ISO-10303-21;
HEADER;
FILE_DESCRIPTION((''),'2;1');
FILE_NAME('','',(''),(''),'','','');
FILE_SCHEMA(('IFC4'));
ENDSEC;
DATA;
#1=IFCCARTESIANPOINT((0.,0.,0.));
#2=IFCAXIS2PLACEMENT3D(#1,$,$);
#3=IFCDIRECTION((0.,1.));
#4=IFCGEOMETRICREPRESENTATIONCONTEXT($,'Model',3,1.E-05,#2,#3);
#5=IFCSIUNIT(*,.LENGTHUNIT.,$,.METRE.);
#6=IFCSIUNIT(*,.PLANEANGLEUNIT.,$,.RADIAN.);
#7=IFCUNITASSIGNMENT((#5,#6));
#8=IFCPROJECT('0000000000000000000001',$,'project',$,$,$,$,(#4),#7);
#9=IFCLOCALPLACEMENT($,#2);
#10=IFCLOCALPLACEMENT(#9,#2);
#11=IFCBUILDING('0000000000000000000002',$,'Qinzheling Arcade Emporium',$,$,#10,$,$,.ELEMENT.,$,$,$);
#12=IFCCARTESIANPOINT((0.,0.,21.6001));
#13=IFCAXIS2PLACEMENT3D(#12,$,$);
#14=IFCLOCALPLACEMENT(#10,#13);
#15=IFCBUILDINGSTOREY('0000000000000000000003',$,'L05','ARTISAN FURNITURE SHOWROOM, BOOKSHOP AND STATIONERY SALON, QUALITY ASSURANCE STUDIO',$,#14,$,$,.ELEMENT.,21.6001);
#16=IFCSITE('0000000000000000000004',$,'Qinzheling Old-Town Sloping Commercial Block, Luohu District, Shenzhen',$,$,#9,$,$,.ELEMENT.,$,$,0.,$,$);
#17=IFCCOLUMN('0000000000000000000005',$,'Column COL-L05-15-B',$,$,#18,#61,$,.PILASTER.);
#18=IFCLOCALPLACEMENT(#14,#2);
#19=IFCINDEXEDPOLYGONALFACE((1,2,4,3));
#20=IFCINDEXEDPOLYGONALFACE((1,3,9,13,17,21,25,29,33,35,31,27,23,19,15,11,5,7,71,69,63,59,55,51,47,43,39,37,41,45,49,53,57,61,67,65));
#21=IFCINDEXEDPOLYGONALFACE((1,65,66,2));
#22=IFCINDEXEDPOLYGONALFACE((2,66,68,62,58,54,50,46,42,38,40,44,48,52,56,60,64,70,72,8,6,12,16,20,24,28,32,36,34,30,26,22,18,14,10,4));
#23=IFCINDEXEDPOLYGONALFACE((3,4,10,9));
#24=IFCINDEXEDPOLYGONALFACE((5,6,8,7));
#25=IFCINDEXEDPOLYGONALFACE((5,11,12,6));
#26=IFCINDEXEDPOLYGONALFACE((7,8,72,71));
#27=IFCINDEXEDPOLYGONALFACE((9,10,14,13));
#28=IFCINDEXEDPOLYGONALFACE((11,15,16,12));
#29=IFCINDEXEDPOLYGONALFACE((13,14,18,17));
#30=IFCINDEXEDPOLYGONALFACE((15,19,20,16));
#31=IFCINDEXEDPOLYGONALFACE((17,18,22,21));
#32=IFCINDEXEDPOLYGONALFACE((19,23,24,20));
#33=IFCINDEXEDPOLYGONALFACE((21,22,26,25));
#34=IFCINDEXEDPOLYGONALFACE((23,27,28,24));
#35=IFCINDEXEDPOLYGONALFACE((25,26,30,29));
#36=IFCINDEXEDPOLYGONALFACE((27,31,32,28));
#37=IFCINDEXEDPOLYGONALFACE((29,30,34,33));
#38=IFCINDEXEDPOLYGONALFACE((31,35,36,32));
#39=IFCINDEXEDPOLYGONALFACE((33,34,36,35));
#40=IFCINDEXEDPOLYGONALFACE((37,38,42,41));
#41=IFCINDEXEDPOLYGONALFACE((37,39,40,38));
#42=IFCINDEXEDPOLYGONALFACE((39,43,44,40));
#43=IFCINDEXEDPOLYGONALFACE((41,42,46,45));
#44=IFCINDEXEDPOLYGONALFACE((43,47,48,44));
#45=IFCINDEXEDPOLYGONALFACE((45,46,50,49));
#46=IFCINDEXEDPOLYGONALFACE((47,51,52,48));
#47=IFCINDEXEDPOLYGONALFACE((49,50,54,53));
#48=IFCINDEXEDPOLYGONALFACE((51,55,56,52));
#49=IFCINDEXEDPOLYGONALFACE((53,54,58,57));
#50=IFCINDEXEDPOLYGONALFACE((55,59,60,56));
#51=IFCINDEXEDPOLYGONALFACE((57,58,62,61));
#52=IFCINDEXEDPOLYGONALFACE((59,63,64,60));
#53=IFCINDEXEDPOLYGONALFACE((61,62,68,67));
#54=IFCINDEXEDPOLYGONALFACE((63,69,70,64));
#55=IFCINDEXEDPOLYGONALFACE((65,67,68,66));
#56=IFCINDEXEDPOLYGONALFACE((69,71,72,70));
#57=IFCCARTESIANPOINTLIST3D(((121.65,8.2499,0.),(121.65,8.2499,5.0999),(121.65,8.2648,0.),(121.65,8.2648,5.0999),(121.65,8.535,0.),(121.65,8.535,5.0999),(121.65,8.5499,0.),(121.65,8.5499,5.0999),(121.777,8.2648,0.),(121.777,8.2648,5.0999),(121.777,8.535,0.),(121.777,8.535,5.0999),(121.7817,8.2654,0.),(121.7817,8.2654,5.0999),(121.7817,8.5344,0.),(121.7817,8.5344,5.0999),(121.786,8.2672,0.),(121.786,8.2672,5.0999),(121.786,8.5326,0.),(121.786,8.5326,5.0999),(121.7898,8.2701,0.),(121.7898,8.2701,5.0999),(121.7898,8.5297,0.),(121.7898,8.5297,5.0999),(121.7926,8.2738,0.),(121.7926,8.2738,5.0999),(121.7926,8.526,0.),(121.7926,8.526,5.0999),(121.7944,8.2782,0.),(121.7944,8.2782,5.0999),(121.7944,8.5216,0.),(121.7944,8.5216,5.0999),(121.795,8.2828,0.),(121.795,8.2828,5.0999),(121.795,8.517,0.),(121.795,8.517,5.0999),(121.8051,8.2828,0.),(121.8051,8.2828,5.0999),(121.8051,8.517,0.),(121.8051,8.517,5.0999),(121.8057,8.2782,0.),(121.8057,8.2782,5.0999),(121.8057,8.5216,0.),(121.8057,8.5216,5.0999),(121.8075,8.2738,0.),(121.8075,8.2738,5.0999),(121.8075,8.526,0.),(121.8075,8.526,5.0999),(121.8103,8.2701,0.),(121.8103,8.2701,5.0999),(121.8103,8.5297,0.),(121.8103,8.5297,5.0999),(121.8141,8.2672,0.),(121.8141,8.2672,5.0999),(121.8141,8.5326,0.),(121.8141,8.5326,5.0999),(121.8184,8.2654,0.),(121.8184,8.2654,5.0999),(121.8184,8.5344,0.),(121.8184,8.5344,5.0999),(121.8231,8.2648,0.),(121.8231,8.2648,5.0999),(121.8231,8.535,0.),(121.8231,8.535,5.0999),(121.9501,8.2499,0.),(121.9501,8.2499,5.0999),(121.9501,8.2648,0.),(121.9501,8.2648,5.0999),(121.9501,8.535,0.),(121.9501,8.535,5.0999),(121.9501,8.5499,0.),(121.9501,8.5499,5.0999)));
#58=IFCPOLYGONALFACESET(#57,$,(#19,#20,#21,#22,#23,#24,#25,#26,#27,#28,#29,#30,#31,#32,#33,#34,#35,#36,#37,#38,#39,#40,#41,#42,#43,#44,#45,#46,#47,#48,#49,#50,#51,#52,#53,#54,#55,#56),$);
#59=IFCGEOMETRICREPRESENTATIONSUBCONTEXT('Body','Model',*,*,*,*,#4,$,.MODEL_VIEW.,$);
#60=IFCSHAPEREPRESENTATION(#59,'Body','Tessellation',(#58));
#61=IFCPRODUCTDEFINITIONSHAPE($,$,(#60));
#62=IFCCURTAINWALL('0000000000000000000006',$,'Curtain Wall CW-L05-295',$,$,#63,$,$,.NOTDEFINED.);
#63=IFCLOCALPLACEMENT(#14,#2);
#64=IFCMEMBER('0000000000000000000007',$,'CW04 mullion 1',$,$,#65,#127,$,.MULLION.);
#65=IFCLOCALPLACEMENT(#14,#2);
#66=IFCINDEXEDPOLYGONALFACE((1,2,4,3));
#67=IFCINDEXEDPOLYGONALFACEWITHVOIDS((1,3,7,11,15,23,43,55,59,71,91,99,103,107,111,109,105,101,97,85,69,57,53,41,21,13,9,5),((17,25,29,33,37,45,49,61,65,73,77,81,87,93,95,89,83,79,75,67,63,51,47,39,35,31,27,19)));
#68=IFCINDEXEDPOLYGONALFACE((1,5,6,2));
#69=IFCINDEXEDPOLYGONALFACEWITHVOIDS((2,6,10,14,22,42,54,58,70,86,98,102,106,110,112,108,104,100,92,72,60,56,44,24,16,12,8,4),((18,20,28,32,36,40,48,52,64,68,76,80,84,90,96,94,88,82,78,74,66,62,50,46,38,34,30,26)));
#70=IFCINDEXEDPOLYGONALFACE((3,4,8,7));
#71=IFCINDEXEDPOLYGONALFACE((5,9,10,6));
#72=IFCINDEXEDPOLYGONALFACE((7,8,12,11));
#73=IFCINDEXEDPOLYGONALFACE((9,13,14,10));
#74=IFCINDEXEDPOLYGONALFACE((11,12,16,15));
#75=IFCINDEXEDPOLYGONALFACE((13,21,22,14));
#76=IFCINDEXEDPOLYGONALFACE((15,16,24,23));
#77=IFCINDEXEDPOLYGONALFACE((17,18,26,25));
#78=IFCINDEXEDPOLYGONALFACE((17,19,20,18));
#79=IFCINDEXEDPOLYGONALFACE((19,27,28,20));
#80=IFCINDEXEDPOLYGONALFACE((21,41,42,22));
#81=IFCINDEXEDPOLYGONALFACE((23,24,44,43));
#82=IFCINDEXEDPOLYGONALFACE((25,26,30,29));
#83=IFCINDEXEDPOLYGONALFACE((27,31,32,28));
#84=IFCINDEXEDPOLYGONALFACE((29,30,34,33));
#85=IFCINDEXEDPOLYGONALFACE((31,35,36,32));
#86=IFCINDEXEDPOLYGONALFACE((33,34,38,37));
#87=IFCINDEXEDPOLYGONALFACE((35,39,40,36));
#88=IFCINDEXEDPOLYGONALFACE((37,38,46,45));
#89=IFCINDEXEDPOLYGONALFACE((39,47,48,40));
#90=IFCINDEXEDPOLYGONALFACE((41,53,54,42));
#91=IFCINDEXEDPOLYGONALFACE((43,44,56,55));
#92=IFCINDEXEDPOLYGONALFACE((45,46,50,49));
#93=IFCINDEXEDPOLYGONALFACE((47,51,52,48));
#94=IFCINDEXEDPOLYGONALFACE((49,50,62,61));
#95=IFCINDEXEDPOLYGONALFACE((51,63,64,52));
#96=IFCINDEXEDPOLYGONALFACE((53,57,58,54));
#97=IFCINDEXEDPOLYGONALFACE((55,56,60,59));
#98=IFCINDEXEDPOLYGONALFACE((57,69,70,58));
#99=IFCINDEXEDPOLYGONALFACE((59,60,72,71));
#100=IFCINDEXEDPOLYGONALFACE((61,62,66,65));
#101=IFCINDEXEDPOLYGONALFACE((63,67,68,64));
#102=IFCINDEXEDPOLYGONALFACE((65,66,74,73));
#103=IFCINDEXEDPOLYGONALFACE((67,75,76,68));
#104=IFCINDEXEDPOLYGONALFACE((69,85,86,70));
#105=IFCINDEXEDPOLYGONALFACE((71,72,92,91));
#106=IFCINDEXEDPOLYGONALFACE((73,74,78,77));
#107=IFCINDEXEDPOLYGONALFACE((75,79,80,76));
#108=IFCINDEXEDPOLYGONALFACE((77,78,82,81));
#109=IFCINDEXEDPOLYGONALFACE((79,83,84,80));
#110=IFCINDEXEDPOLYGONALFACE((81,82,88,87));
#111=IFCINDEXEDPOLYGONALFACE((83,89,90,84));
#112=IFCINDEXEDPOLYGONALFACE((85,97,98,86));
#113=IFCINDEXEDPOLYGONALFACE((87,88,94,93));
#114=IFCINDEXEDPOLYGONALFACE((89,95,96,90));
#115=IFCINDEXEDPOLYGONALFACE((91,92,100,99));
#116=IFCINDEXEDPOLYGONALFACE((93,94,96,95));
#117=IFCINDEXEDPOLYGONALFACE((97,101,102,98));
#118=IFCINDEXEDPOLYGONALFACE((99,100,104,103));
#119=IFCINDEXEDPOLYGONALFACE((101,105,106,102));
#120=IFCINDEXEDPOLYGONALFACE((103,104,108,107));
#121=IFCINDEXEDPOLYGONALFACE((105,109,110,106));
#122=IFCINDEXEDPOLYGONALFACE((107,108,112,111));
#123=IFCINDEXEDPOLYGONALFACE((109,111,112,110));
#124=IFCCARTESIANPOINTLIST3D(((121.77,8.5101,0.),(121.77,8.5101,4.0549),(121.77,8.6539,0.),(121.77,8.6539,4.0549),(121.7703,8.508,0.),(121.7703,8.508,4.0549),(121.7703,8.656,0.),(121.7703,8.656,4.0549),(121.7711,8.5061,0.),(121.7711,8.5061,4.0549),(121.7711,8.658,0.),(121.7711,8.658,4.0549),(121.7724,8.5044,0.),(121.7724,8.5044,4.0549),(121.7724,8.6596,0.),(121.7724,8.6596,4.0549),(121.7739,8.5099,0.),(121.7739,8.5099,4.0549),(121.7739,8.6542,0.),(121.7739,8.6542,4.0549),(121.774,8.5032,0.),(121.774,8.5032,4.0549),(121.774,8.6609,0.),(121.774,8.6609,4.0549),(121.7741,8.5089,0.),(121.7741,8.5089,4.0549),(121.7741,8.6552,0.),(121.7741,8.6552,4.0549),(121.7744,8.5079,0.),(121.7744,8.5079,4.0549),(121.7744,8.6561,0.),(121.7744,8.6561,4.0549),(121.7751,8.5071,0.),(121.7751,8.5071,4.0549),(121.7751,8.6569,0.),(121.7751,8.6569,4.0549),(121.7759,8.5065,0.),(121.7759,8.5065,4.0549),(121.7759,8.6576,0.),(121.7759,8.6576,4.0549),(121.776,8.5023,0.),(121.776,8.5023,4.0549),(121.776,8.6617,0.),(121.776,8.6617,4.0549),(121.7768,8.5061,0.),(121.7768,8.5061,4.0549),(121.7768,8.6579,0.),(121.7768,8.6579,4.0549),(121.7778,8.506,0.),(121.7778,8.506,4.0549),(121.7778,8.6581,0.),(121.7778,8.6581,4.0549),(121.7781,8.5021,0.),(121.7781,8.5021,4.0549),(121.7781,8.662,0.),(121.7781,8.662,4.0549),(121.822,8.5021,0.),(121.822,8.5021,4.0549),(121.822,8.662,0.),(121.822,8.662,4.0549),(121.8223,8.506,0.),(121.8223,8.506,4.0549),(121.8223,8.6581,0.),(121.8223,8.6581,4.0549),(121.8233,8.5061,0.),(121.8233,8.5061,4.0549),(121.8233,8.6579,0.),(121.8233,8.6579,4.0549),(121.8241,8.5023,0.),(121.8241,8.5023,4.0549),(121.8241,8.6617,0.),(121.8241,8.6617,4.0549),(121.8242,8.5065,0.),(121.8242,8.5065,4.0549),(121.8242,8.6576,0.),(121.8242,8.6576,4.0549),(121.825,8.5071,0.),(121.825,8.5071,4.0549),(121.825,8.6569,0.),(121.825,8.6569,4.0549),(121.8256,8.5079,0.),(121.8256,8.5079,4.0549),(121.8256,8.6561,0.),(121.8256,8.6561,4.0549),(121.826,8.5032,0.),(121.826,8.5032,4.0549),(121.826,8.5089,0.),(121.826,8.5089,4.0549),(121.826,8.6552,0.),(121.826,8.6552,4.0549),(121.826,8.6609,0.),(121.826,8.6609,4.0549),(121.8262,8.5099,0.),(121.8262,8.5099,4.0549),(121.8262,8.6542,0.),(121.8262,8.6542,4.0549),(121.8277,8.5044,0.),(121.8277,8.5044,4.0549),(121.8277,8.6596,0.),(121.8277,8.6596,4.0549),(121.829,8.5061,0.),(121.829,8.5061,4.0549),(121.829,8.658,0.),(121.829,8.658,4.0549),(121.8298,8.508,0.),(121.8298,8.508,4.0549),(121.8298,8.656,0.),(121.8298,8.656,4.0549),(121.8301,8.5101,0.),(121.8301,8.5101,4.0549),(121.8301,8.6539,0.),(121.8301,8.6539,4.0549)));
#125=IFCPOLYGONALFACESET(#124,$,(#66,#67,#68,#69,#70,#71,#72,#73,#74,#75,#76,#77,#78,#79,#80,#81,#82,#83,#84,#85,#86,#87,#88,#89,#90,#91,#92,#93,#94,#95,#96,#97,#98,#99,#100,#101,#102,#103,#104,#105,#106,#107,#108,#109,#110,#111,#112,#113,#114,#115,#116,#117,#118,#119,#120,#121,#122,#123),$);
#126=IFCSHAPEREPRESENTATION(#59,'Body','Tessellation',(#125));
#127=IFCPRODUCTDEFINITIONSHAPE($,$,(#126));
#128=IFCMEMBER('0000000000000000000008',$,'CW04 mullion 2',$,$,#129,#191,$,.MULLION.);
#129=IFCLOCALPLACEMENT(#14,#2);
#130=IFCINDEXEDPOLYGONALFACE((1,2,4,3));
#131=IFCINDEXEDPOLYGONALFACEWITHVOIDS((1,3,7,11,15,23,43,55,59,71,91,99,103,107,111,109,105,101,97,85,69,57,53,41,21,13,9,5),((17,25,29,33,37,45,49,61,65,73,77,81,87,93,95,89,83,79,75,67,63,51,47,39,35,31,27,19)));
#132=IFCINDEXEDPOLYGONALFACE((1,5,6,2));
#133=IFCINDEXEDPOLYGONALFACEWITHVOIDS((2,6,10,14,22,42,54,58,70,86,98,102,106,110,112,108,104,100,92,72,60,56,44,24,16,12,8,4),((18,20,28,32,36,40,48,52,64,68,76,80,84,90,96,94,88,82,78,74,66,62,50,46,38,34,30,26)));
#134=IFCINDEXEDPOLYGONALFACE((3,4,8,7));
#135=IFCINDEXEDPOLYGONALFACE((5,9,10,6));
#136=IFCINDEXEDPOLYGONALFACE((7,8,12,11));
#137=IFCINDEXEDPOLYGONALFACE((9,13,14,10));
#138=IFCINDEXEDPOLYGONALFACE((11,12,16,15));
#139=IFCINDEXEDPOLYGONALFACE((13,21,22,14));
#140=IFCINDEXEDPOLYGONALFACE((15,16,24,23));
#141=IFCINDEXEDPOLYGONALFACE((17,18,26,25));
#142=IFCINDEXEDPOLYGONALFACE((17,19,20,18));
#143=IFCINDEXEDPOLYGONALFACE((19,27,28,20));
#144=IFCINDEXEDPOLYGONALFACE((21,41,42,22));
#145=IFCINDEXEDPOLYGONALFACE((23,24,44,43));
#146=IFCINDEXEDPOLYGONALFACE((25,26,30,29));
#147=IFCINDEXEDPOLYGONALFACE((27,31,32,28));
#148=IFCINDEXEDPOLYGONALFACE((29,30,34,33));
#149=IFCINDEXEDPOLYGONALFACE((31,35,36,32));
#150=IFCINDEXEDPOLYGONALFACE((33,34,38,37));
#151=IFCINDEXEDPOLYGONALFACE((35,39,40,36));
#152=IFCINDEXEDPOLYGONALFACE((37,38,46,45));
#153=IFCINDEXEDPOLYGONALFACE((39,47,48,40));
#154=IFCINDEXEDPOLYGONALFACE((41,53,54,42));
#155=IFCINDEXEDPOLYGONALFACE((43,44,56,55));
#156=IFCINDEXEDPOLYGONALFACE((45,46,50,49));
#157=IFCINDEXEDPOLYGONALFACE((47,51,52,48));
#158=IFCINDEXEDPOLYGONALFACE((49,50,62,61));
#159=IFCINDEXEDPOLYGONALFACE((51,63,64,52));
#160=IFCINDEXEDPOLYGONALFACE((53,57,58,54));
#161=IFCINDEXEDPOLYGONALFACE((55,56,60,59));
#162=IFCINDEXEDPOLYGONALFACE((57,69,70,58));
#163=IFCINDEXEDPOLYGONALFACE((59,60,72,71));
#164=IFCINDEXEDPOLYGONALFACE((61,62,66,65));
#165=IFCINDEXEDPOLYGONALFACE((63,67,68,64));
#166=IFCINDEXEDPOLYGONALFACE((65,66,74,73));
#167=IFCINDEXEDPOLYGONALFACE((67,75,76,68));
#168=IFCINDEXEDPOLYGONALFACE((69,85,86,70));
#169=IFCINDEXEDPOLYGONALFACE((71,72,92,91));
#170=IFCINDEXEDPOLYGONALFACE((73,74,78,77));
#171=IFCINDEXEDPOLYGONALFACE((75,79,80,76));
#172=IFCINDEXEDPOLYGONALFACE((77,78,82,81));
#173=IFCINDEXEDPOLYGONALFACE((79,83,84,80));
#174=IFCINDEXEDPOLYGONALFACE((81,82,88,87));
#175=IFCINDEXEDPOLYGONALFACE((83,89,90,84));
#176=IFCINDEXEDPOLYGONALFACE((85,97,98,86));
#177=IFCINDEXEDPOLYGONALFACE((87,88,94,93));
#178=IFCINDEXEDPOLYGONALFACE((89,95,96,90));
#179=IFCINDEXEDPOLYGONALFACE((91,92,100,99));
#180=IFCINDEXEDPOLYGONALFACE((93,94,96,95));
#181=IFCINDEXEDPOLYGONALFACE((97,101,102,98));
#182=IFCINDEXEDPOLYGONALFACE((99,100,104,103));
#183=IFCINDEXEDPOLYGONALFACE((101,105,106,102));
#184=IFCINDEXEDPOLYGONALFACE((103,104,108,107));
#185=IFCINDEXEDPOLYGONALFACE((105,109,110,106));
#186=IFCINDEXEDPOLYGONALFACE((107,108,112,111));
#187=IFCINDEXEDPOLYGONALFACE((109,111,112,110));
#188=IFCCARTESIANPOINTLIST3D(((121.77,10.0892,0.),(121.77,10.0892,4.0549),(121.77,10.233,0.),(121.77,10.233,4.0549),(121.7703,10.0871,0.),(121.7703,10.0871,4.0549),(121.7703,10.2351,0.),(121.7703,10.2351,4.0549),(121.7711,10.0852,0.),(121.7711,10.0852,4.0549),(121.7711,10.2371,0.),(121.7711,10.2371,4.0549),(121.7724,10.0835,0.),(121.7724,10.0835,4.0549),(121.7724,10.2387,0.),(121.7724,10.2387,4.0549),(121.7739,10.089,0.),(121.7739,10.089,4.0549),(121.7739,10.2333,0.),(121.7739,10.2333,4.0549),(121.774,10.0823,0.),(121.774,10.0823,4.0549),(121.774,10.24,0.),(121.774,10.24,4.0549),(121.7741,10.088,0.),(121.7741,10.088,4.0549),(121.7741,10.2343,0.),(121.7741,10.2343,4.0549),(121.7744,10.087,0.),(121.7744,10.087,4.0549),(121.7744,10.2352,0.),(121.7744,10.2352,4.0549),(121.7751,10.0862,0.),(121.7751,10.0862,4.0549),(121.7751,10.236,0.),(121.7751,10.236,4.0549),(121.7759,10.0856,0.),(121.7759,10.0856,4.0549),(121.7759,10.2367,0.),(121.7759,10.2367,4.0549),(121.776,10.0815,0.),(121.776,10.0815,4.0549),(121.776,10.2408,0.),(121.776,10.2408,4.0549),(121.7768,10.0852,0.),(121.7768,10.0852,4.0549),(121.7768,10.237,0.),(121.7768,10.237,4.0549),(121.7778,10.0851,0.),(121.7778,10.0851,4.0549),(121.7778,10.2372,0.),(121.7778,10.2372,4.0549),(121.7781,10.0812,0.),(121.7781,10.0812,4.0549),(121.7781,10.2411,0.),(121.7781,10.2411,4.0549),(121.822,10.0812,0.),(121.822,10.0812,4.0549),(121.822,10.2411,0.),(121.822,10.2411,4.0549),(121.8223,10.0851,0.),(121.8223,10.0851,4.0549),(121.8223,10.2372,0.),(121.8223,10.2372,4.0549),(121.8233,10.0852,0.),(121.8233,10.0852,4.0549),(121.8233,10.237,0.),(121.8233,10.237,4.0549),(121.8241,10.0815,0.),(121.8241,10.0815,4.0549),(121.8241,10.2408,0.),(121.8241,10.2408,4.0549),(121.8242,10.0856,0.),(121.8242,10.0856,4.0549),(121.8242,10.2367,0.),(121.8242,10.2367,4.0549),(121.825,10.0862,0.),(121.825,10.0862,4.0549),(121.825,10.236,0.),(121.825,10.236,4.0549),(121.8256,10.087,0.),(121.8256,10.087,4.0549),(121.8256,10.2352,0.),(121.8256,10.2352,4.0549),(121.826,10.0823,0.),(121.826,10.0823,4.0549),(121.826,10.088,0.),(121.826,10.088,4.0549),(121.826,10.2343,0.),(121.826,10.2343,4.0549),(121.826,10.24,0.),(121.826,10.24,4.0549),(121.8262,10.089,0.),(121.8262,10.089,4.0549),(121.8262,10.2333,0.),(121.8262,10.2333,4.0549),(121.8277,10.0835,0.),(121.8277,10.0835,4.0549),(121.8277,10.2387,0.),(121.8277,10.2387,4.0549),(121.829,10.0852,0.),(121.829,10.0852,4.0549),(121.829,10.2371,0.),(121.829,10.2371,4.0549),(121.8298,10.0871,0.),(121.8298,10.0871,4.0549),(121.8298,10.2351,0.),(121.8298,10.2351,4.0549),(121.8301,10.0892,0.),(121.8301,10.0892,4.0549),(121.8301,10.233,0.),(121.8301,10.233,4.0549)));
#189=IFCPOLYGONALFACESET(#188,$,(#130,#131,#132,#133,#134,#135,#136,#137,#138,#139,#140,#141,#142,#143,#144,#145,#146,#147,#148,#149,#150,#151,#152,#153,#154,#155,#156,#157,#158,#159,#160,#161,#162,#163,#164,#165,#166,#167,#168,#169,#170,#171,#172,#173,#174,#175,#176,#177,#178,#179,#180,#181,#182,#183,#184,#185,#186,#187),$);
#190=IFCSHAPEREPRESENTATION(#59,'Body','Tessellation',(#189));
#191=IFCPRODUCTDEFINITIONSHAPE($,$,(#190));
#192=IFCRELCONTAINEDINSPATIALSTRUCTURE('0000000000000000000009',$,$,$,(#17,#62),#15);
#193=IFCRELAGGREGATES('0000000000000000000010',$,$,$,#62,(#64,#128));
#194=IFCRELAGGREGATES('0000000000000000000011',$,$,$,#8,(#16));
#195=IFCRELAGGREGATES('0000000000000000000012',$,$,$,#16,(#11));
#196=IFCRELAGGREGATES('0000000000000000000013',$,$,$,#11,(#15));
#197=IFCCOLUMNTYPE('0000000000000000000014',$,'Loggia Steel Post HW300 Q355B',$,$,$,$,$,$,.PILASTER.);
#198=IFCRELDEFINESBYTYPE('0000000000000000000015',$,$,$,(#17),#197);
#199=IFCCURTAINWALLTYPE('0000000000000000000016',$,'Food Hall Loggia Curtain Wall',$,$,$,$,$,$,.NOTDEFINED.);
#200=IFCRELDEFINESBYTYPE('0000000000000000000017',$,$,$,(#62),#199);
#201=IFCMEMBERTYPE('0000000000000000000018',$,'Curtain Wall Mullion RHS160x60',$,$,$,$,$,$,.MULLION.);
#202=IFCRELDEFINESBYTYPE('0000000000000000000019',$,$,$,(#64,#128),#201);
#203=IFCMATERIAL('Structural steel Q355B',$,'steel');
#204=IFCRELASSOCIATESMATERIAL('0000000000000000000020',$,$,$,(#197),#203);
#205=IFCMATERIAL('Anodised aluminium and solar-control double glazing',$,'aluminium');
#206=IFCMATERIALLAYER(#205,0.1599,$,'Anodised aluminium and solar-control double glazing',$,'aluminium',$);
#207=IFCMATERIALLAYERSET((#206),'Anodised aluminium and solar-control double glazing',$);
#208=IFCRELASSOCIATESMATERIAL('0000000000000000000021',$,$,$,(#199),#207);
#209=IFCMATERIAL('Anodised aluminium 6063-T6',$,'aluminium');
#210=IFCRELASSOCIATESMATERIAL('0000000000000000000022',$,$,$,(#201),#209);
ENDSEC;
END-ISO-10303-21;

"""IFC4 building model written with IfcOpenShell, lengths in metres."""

from ifc_helpers import new_model, si_unit, direction, frame, origin, origin_2d, place, context, subcontext, project, spatial, hollow_rectangle, i_section, extrude, material, layer, layer_set, material_profile, profile_set, type_object, element, aggregate, save


model = new_model("IFC4")

# Units and contexts
model_context = context("Model", 3, precision=1e-05, world=origin(), true_north=direction((0.0, 1.0)))
body_context = subcontext(model_context, "Body", "Model", "MODEL_VIEW")
ifc_project = project(units=[si_unit("LENGTHUNIT", "METRE"), si_unit("PLANEANGLEUNIT", "RADIAN")], contexts=[model_context])

# Site, building, storey
site_placement = place(None, origin())
site = spatial("IfcSite", under=ifc_project, at=site_placement, Name="Qinzheling Old-Town Sloping Commercial Block, Luohu District, Shenzhen", CompositionType="ELEMENT", RefElevation=0.0)
building_placement = place(site_placement, origin())
building = spatial("IfcBuilding", under=site, at=building_placement, Name="Qinzheling Arcade Emporium", CompositionType="ELEMENT")
storey_placement = place(building_placement, frame((0.0, 0.0, 21.6001)))
storey = spatial("IfcBuildingStorey", under=building, at=storey_placement, Name="L05", Description="ARTISAN FURNITURE SHOWROOM, BOOKSHOP AND STATIONERY SALON, QUALITY ASSURANCE STUDIO", CompositionType="ELEMENT", Elevation=21.6001)

# Column
ifc_material_1 = material(Name="Structural steel Q355B", Category="steel")
ifc_material_profile_1 = material_profile(ifc_material_1, i_section(OverallWidth=0.3, OverallDepth=0.3, WebThickness=0.01, FlangeThickness=0.0149, FilletRadius=0.0181, at=origin_2d()), Name="HW 300x300x10x15", Category="steel")
ifc_profile_set_1 = profile_set([ifc_material_profile_1], Name="Structural steel Q355B")
column_type = type_object("IfcColumnType", Name="Loggia Steel Post HW300 Q355B", PredefinedType="PILASTER", material=ifc_profile_set_1)
column_placement = place(storey_placement, frame((121.8, 8.3999, 0.0), z_axis=(0.0, 0.0, 1.0), x_axis=(1.0, 0.0, 0.0)))
element("IfcColumn", 1, at=column_placement, inside=storey, type_object=column_type, Name="Column COL-L05-15-B", PredefinedType="PILASTER", context=body_context, shape_type="SweptSolid", body=[
    extrude(i_section(OverallWidth=0.3, OverallDepth=0.3, WebThickness=0.01, FlangeThickness=0.0149, FilletRadius=0.0181, at=origin_2d()), origin(), (0.0, 0.0, 1.0), 5.0999),
])

# Curtain wall, members
ifc_material_2 = material(Name="Anodised aluminium and solar-control double glazing", Category="aluminium")
ifc_layer_1 = layer(ifc_material_2, 0.1599, Name="Anodised aluminium and solar-control double glazing", Category="aluminium")
ifc_layer_set_1 = layer_set([ifc_layer_1], Name="Anodised aluminium and solar-control double glazing")
curtain_wall_type = type_object("IfcCurtainWallType", Name="Food Hall Loggia Curtain Wall", PredefinedType="NOTDEFINED", material=ifc_layer_set_1)
curtain_wall_placement = place(storey_placement, origin())
curtain_wall = element("IfcCurtainWall", 2, at=curtain_wall_placement, inside=storey, type_object=curtain_wall_type, Name="Curtain Wall CW-L05-295", PredefinedType="NOTDEFINED")
ifc_material_3 = material(Name="Anodised aluminium 6063-T6", Category="aluminium")
ifc_material_profile_2 = material_profile(ifc_material_3, hollow_rectangle(XDim=0.0601, YDim=0.1599, WallThickness=0.0039, InnerFilletRadius=0.0039, OuterFilletRadius=0.0081, at=origin_2d()), Name="RHS 160x60x4", Category="aluminium")
ifc_profile_set_2 = profile_set([ifc_material_profile_2], Name="Anodised aluminium 6063-T6")
member_type_1 = type_object("IfcMemberType", Name="Curtain Wall Mullion RHS160x60", PredefinedType="MULLION", material=ifc_profile_set_2)
member_1_placement = place(storey_placement, frame((121.8, 8.582, 0.0), z_axis=(0.0, 0.0, 1.0), x_axis=(-1.0, 0.0, 0.0)))
member_1 = element("IfcMember", 3, at=member_1_placement, type_object=member_type_1, Name="CW04 mullion 1", PredefinedType="MULLION", context=body_context, shape_type="SweptSolid", body=[
    extrude(hollow_rectangle(XDim=0.0601, YDim=0.1599, WallThickness=0.0039, InnerFilletRadius=0.0039, OuterFilletRadius=0.0081, at=origin_2d()), origin(), (0.0, 0.0, 1.0), 4.0549),
])
member_2_placement = place(storey_placement, frame((121.8, 10.1611, 0.0), z_axis=(0.0, 0.0, 1.0), x_axis=(-1.0, 0.0, 0.0)))
member_2 = element("IfcMember", 4, at=member_2_placement, type_object=member_type_1, Name="CW04 mullion 2", PredefinedType="MULLION", context=body_context, shape_type="SweptSolid", body=[
    extrude(hollow_rectangle(XDim=0.0601, YDim=0.1599, WallThickness=0.0039, InnerFilletRadius=0.0039, OuterFilletRadius=0.0081, at=origin_2d()), origin(), (0.0, 0.0, 1.0), 4.0549),
])

aggregate(curtain_wall, [member_1, member_2])

save(model, "model.ifc")
